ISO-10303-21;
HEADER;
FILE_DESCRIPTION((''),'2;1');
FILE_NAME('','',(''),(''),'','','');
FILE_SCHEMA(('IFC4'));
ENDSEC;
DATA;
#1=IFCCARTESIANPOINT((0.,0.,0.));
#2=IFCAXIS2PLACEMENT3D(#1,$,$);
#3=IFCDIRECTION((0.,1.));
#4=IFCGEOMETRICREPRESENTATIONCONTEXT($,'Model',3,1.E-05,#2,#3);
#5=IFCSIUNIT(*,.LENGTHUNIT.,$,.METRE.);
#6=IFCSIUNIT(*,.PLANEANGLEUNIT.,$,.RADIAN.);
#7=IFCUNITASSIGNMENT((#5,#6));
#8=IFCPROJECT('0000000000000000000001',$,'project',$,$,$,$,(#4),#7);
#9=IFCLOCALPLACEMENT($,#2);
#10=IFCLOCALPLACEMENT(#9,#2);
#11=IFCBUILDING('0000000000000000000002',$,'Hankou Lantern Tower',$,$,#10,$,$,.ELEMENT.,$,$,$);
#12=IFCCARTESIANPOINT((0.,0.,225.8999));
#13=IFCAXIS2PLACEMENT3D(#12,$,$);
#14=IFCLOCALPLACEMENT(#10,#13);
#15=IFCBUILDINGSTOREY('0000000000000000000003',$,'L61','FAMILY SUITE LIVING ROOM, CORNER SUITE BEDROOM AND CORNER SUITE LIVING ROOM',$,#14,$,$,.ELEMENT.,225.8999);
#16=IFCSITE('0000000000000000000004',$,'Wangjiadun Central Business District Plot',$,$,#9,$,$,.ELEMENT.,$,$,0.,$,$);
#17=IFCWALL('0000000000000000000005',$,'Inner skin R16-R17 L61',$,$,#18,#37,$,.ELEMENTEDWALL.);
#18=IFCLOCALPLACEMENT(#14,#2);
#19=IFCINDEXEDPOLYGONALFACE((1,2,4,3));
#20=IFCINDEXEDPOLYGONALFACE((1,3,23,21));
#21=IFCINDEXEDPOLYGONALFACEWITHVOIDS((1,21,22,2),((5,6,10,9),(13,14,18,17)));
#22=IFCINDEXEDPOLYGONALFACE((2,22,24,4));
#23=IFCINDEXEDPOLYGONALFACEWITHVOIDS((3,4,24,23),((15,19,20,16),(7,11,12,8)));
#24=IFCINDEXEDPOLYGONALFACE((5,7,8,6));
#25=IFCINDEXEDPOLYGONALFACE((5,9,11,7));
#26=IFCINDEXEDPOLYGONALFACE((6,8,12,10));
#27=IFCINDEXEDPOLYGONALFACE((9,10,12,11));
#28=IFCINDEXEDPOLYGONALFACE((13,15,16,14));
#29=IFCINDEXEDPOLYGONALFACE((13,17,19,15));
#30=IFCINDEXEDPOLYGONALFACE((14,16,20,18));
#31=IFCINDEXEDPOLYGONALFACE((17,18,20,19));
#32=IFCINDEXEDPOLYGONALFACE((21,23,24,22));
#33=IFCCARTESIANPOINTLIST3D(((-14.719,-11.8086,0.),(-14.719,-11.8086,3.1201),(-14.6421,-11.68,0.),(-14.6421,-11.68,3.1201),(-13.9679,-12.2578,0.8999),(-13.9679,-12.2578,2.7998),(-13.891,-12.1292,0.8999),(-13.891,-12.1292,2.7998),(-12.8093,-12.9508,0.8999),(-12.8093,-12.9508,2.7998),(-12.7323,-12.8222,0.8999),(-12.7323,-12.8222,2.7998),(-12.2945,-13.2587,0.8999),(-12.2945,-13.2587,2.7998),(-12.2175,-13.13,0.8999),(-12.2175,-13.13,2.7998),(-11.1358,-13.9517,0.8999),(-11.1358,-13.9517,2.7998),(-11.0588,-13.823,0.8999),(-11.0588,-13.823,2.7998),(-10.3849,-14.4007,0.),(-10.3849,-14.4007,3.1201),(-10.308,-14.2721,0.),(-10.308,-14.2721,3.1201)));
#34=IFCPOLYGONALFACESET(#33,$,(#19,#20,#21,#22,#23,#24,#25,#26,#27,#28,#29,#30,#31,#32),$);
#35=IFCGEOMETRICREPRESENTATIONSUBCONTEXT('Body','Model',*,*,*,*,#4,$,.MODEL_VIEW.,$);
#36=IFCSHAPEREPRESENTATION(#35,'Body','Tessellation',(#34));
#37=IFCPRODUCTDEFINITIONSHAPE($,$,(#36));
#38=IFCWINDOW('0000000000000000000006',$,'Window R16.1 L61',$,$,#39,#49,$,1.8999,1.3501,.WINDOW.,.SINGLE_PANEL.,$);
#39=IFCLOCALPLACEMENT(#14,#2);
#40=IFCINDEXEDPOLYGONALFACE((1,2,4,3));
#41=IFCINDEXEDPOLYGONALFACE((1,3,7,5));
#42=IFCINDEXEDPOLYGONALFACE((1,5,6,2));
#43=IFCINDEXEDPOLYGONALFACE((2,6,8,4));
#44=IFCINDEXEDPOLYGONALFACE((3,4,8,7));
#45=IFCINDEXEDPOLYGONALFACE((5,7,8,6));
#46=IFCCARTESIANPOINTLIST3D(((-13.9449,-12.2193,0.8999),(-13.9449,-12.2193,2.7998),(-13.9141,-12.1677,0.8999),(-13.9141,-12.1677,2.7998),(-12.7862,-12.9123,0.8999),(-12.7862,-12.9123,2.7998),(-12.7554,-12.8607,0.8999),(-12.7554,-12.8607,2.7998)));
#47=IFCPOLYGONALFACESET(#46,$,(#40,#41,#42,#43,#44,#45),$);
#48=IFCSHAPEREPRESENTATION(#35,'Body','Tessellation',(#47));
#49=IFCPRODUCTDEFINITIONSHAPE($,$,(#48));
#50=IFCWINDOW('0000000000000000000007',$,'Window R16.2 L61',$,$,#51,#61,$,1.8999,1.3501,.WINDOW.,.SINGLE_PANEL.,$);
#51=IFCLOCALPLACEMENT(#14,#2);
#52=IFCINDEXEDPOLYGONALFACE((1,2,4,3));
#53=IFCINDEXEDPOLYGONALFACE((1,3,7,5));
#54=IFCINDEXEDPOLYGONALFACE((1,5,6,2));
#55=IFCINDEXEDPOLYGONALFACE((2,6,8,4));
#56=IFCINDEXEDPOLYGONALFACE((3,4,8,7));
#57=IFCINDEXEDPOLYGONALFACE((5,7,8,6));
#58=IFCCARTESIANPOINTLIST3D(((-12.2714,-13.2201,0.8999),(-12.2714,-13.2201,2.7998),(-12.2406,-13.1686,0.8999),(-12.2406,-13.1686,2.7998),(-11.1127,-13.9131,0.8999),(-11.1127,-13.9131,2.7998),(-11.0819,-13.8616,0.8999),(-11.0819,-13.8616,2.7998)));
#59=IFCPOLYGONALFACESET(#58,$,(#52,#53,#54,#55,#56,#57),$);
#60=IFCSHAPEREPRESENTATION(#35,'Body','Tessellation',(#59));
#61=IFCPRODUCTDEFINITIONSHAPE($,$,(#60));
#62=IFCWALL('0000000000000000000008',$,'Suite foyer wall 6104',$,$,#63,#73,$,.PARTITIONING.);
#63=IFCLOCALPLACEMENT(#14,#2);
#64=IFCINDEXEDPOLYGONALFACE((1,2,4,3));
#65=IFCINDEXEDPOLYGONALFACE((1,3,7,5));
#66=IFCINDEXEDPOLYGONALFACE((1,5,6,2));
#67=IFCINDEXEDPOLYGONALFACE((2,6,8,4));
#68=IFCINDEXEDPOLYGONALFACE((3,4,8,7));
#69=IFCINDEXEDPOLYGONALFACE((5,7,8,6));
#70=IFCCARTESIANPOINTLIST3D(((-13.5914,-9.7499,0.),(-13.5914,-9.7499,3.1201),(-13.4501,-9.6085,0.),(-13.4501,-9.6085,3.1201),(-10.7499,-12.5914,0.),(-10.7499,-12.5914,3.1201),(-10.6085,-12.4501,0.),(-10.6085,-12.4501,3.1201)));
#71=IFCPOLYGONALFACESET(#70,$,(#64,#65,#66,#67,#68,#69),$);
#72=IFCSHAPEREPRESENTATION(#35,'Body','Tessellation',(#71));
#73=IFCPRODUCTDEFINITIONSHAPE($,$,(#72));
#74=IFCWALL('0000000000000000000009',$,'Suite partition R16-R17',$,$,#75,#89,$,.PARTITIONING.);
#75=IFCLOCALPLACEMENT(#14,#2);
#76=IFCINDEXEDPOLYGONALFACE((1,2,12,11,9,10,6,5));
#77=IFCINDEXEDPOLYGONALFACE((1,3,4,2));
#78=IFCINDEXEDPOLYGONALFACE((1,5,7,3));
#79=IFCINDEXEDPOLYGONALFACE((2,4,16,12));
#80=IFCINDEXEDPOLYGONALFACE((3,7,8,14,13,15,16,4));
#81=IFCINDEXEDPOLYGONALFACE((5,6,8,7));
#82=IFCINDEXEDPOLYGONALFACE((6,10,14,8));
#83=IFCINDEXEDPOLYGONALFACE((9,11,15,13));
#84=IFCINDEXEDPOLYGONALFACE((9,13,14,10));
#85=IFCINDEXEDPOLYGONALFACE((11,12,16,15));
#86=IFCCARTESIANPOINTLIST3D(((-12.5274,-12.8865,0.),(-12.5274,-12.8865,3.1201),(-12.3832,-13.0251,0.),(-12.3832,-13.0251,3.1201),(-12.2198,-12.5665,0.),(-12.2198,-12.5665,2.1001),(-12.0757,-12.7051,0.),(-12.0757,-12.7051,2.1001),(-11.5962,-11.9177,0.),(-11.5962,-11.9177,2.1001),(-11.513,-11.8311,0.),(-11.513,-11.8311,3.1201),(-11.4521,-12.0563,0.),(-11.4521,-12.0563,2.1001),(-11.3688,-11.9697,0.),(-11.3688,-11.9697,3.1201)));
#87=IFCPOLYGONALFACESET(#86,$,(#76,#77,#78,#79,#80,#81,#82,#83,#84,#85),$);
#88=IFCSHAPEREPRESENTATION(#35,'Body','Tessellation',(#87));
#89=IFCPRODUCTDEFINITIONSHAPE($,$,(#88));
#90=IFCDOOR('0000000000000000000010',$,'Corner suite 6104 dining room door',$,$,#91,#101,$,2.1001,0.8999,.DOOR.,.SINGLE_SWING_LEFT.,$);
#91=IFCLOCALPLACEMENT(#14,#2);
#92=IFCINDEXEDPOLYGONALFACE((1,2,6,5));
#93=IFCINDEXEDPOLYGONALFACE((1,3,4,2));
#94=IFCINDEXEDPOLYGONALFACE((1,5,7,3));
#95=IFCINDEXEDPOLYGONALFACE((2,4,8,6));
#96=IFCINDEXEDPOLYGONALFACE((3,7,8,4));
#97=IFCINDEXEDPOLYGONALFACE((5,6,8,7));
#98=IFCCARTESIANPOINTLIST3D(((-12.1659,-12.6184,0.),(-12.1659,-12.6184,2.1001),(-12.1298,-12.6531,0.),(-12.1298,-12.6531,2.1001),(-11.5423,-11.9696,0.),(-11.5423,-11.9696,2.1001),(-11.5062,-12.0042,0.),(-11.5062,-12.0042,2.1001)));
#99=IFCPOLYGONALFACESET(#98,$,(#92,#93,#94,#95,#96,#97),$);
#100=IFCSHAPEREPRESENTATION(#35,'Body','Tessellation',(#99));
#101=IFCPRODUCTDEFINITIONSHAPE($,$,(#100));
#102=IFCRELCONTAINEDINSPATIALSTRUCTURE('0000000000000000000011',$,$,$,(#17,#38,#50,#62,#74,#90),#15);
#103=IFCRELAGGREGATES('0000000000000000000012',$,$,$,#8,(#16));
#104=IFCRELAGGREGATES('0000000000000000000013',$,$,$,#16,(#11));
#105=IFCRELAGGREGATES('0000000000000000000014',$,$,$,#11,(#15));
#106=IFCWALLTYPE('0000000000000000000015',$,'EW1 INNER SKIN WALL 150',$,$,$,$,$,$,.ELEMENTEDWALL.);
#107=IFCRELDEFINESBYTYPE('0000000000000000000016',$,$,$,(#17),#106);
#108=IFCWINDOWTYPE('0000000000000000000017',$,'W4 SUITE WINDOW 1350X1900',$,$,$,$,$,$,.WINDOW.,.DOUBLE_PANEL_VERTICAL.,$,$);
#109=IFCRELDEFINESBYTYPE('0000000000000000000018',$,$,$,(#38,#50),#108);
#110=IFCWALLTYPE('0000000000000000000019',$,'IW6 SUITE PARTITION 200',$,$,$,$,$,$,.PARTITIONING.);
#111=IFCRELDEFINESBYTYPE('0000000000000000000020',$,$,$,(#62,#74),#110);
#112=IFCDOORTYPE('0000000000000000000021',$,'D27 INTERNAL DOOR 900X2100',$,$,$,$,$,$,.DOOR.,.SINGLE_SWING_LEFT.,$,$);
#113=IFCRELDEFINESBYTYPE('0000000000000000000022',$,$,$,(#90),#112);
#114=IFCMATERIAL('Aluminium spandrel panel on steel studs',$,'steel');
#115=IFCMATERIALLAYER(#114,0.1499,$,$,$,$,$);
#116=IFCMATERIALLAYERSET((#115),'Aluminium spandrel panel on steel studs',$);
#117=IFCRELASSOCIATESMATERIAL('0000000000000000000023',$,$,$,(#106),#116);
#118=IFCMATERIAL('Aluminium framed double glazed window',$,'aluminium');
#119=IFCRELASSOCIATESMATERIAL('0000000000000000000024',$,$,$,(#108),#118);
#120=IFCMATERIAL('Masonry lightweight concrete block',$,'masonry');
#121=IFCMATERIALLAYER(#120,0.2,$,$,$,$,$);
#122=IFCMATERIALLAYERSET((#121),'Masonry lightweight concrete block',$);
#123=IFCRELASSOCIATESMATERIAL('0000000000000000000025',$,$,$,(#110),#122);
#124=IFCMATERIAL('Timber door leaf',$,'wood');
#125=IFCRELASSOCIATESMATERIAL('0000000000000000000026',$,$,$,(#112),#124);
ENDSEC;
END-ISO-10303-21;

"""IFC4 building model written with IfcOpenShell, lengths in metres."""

from ifc_helpers import new_model, si_unit, direction, frame, frame_2d, origin, place, context, subcontext, project, spatial, rectangle, extrude, material, layer, layer_set, type_object, element, fill, save


model = new_model("IFC4")

# Units and contexts
model_context = context("Model", 3, precision=1e-05, world=origin(), true_north=direction((0.0, 1.0)))
body_context = subcontext(model_context, "Body", "Model", "MODEL_VIEW")
ifc_project = project(units=[si_unit("LENGTHUNIT", "METRE"), si_unit("PLANEANGLEUNIT", "RADIAN")], contexts=[model_context])

# Site, building, storey
site_placement = place(None, origin())
site = spatial("IfcSite", under=ifc_project, at=site_placement, Name="Wangjiadun Central Business District Plot", CompositionType="ELEMENT", RefElevation=0.0)
building_placement = place(site_placement, origin())
building = spatial("IfcBuilding", under=site, at=building_placement, Name="Hankou Lantern Tower", CompositionType="ELEMENT")
storey_placement = place(building_placement, frame((0.0, 0.0, 225.8999)))
storey = spatial("IfcBuildingStorey", under=building, at=storey_placement, Name="L61", Description="FAMILY SUITE LIVING ROOM, CORNER SUITE BEDROOM AND CORNER SUITE LIVING ROOM", CompositionType="ELEMENT", Elevation=225.8999)

# Wall, openings, windows
ifc_material_1 = material(Name="Aluminium spandrel panel on steel studs", Category="steel")
ifc_layer_1 = layer(ifc_material_1, 0.1499)
ifc_layer_set_1 = layer_set([ifc_layer_1], Name="Aluminium spandrel panel on steel studs")
wall_type_1 = type_object("IfcWallType", Name="EW1 INNER SKIN WALL 150", PredefinedType="ELEMENTEDWALL", material=ifc_layer_set_1)
ifc_material_2 = material(Name="Aluminium framed double glazed window", Category="aluminium")
window_type = type_object("IfcWindowType", Name="W4 SUITE WINDOW 1350X1900", PartitioningType="DOUBLE_PANEL_VERTICAL", PredefinedType="WINDOW", material=ifc_material_2)
wall_1_placement = place(storey_placement, frame((-14.6804, -11.7444, 0.0), z_axis=(0.0, 0.0, 1.0), x_axis=(0.858222, -0.51328, 0.0)))
wall_1 = element("IfcWall", 1, at=wall_1_placement, inside=storey, type_object=wall_type_1, Name="Inner skin R16-R17 L61", PredefinedType="ELEMENTEDWALL", context=body_context, shape_type="SweptSolid", body=[
    extrude(rectangle(XDim=5.05, YDim=0.1499, at=frame_2d((2.5249, 0.0))), origin(), (0.0, 0.0, 1.0), 3.1201),
])
opening_1_placement = place(wall_1_placement, frame((0.875, 0.0, 0.8999)))
opening_1 = element("IfcOpeningElement", 2, at=opening_1_placement, cuts=wall_1, PredefinedType="OPENING", context=body_context, shape_type="SweptSolid", body=[
    extrude(rectangle(XDim=1.3501, YDim=1.8999, at=frame_2d((0.675, 0.95))), frame((0.0, 0.085, 0.0), z_axis=(0.0, -1.0, 0.0), x_axis=(1.0, 0.0, 0.0)), (0.0, 0.0, 1.0), 0.1699),
])
opening_2_placement = place(wall_1_placement, frame((2.825, 0.0, 0.8999)))
opening_2 = element("IfcOpeningElement", 3, at=opening_2_placement, cuts=wall_1, PredefinedType="OPENING", context=body_context, shape_type="SweptSolid", body=[
    extrude(rectangle(XDim=1.3501, YDim=1.8999, at=frame_2d((0.675, 0.95))), frame((0.0, 0.085, 0.0), z_axis=(0.0, -1.0, 0.0), x_axis=(1.0, 0.0, 0.0)), (0.0, 0.0, 1.0), 0.1699),
])
window_1_placement = place(opening_1_placement, origin())
window_1 = element("IfcWindow", 4, at=window_1_placement, inside=storey, type_object=window_type, Name="Window R16.1 L61", OverallHeight=1.8999, OverallWidth=1.3501, PartitioningType="SINGLE_PANEL", PredefinedType="WINDOW", context=body_context, shape_type="SweptSolid", body=[
    extrude(rectangle(XDim=1.3501, YDim=1.8999, at=frame_2d((0.675, 0.95))), frame((0.0, 0.03, 0.0), z_axis=(0.0, -1.0, 0.0), x_axis=(1.0, 0.0, 0.0)), (0.0, 0.0, 1.0), 0.0601),
])
fill(opening_1, window_1)
window_2_placement = place(opening_2_placement, origin())
window_2 = element("IfcWindow", 5, at=window_2_placement, inside=storey, type_object=window_type, Name="Window R16.2 L61", OverallHeight=1.8999, OverallWidth=1.3501, PartitioningType="SINGLE_PANEL", PredefinedType="WINDOW", context=body_context, shape_type="SweptSolid", body=[
    extrude(rectangle(XDim=1.3501, YDim=1.8999, at=frame_2d((0.675, 0.95))), frame((0.0, 0.03, 0.0), z_axis=(0.0, -1.0, 0.0), x_axis=(1.0, 0.0, 0.0)), (0.0, 0.0, 1.0), 0.0601),
])
fill(opening_2, window_2)

# Wall
ifc_material_3 = material(Name="Masonry lightweight concrete block", Category="masonry")
ifc_layer_2 = layer(ifc_material_3, 0.2)
ifc_layer_set_2 = layer_set([ifc_layer_2], Name="Masonry lightweight concrete block")
wall_type_2 = type_object("IfcWallType", Name="IW6 SUITE PARTITION 200", PredefinedType="PARTITIONING", material=ifc_layer_set_2)
wall_2_placement = place(storey_placement, frame((-13.5208, -9.6792, 0.0), z_axis=(0.0, 0.0, 1.0), x_axis=(0.707107, -0.707107, 0.0)))
element("IfcWall", 6, at=wall_2_placement, inside=storey, type_object=wall_type_2, Name="Suite foyer wall 6104", PredefinedType="PARTITIONING", context=body_context, shape_type="SweptSolid", body=[
    extrude(rectangle(XDim=4.0186, YDim=0.2, at=frame_2d((2.0093, 0.0))), origin(), (0.0, 0.0, 1.0), 3.1201),
])

# Wall, opening, door
wall_3_placement = place(storey_placement, frame((-11.4409, -11.9004, 0.0), z_axis=(0.0, 0.0, 1.0), x_axis=(-0.692959, -0.720977, 0.0)))
wall_3 = element("IfcWall", 7, at=wall_3_placement, inside=storey, type_object=wall_type_2, Name="Suite partition R16-R17", PredefinedType="PARTITIONING", context=body_context, shape_type="SweptSolid", body=[
    extrude(rectangle(XDim=1.4639, YDim=0.2, at=frame_2d((0.7319, 0.0))), origin(), (0.0, 0.0, 1.0), 3.1201),
])
opening_3_placement = place(wall_3_placement, frame((0.1201, 0.0, 0.0)))
opening_3 = element("IfcOpeningElement", 8, at=opening_3_placement, cuts=wall_3, PredefinedType="OPENING", context=body_context, shape_type="SweptSolid", body=[
    extrude(rectangle(XDim=0.8999, YDim=2.1001, at=frame_2d((0.45, 1.05))), frame((0.0, 0.1099, 0.0), z_axis=(0.0, -1.0, 0.0), x_axis=(1.0, 0.0, 0.0)), (0.0, 0.0, 1.0), 0.22),
])
ifc_material_4 = material(Name="Timber door leaf", Category="wood")
door_type = type_object("IfcDoorType", Name="D27 INTERNAL DOOR 900X2100", OperationType="SINGLE_SWING_LEFT", PredefinedType="DOOR", material=ifc_material_4)
door_placement = place(opening_3_placement, origin())
door = element("IfcDoor", 9, at=door_placement, inside=storey, type_object=door_type, Name="Corner suite 6104 dining room door", OperationType="SINGLE_SWING_LEFT", OverallHeight=2.1001, OverallWidth=0.8999, PredefinedType="DOOR", context=body_context, shape_type="SweptSolid", body=[
    extrude(rectangle(XDim=0.8999, YDim=2.1001, at=frame_2d((0.45, 1.05))), frame((0.0, 0.0249, 0.0), z_axis=(0.0, -1.0, 0.0), x_axis=(1.0, 0.0, 0.0)), (0.0, 0.0, 1.0), 0.05),
])
fill(opening_3, door)

save(model, "model.ifc")
